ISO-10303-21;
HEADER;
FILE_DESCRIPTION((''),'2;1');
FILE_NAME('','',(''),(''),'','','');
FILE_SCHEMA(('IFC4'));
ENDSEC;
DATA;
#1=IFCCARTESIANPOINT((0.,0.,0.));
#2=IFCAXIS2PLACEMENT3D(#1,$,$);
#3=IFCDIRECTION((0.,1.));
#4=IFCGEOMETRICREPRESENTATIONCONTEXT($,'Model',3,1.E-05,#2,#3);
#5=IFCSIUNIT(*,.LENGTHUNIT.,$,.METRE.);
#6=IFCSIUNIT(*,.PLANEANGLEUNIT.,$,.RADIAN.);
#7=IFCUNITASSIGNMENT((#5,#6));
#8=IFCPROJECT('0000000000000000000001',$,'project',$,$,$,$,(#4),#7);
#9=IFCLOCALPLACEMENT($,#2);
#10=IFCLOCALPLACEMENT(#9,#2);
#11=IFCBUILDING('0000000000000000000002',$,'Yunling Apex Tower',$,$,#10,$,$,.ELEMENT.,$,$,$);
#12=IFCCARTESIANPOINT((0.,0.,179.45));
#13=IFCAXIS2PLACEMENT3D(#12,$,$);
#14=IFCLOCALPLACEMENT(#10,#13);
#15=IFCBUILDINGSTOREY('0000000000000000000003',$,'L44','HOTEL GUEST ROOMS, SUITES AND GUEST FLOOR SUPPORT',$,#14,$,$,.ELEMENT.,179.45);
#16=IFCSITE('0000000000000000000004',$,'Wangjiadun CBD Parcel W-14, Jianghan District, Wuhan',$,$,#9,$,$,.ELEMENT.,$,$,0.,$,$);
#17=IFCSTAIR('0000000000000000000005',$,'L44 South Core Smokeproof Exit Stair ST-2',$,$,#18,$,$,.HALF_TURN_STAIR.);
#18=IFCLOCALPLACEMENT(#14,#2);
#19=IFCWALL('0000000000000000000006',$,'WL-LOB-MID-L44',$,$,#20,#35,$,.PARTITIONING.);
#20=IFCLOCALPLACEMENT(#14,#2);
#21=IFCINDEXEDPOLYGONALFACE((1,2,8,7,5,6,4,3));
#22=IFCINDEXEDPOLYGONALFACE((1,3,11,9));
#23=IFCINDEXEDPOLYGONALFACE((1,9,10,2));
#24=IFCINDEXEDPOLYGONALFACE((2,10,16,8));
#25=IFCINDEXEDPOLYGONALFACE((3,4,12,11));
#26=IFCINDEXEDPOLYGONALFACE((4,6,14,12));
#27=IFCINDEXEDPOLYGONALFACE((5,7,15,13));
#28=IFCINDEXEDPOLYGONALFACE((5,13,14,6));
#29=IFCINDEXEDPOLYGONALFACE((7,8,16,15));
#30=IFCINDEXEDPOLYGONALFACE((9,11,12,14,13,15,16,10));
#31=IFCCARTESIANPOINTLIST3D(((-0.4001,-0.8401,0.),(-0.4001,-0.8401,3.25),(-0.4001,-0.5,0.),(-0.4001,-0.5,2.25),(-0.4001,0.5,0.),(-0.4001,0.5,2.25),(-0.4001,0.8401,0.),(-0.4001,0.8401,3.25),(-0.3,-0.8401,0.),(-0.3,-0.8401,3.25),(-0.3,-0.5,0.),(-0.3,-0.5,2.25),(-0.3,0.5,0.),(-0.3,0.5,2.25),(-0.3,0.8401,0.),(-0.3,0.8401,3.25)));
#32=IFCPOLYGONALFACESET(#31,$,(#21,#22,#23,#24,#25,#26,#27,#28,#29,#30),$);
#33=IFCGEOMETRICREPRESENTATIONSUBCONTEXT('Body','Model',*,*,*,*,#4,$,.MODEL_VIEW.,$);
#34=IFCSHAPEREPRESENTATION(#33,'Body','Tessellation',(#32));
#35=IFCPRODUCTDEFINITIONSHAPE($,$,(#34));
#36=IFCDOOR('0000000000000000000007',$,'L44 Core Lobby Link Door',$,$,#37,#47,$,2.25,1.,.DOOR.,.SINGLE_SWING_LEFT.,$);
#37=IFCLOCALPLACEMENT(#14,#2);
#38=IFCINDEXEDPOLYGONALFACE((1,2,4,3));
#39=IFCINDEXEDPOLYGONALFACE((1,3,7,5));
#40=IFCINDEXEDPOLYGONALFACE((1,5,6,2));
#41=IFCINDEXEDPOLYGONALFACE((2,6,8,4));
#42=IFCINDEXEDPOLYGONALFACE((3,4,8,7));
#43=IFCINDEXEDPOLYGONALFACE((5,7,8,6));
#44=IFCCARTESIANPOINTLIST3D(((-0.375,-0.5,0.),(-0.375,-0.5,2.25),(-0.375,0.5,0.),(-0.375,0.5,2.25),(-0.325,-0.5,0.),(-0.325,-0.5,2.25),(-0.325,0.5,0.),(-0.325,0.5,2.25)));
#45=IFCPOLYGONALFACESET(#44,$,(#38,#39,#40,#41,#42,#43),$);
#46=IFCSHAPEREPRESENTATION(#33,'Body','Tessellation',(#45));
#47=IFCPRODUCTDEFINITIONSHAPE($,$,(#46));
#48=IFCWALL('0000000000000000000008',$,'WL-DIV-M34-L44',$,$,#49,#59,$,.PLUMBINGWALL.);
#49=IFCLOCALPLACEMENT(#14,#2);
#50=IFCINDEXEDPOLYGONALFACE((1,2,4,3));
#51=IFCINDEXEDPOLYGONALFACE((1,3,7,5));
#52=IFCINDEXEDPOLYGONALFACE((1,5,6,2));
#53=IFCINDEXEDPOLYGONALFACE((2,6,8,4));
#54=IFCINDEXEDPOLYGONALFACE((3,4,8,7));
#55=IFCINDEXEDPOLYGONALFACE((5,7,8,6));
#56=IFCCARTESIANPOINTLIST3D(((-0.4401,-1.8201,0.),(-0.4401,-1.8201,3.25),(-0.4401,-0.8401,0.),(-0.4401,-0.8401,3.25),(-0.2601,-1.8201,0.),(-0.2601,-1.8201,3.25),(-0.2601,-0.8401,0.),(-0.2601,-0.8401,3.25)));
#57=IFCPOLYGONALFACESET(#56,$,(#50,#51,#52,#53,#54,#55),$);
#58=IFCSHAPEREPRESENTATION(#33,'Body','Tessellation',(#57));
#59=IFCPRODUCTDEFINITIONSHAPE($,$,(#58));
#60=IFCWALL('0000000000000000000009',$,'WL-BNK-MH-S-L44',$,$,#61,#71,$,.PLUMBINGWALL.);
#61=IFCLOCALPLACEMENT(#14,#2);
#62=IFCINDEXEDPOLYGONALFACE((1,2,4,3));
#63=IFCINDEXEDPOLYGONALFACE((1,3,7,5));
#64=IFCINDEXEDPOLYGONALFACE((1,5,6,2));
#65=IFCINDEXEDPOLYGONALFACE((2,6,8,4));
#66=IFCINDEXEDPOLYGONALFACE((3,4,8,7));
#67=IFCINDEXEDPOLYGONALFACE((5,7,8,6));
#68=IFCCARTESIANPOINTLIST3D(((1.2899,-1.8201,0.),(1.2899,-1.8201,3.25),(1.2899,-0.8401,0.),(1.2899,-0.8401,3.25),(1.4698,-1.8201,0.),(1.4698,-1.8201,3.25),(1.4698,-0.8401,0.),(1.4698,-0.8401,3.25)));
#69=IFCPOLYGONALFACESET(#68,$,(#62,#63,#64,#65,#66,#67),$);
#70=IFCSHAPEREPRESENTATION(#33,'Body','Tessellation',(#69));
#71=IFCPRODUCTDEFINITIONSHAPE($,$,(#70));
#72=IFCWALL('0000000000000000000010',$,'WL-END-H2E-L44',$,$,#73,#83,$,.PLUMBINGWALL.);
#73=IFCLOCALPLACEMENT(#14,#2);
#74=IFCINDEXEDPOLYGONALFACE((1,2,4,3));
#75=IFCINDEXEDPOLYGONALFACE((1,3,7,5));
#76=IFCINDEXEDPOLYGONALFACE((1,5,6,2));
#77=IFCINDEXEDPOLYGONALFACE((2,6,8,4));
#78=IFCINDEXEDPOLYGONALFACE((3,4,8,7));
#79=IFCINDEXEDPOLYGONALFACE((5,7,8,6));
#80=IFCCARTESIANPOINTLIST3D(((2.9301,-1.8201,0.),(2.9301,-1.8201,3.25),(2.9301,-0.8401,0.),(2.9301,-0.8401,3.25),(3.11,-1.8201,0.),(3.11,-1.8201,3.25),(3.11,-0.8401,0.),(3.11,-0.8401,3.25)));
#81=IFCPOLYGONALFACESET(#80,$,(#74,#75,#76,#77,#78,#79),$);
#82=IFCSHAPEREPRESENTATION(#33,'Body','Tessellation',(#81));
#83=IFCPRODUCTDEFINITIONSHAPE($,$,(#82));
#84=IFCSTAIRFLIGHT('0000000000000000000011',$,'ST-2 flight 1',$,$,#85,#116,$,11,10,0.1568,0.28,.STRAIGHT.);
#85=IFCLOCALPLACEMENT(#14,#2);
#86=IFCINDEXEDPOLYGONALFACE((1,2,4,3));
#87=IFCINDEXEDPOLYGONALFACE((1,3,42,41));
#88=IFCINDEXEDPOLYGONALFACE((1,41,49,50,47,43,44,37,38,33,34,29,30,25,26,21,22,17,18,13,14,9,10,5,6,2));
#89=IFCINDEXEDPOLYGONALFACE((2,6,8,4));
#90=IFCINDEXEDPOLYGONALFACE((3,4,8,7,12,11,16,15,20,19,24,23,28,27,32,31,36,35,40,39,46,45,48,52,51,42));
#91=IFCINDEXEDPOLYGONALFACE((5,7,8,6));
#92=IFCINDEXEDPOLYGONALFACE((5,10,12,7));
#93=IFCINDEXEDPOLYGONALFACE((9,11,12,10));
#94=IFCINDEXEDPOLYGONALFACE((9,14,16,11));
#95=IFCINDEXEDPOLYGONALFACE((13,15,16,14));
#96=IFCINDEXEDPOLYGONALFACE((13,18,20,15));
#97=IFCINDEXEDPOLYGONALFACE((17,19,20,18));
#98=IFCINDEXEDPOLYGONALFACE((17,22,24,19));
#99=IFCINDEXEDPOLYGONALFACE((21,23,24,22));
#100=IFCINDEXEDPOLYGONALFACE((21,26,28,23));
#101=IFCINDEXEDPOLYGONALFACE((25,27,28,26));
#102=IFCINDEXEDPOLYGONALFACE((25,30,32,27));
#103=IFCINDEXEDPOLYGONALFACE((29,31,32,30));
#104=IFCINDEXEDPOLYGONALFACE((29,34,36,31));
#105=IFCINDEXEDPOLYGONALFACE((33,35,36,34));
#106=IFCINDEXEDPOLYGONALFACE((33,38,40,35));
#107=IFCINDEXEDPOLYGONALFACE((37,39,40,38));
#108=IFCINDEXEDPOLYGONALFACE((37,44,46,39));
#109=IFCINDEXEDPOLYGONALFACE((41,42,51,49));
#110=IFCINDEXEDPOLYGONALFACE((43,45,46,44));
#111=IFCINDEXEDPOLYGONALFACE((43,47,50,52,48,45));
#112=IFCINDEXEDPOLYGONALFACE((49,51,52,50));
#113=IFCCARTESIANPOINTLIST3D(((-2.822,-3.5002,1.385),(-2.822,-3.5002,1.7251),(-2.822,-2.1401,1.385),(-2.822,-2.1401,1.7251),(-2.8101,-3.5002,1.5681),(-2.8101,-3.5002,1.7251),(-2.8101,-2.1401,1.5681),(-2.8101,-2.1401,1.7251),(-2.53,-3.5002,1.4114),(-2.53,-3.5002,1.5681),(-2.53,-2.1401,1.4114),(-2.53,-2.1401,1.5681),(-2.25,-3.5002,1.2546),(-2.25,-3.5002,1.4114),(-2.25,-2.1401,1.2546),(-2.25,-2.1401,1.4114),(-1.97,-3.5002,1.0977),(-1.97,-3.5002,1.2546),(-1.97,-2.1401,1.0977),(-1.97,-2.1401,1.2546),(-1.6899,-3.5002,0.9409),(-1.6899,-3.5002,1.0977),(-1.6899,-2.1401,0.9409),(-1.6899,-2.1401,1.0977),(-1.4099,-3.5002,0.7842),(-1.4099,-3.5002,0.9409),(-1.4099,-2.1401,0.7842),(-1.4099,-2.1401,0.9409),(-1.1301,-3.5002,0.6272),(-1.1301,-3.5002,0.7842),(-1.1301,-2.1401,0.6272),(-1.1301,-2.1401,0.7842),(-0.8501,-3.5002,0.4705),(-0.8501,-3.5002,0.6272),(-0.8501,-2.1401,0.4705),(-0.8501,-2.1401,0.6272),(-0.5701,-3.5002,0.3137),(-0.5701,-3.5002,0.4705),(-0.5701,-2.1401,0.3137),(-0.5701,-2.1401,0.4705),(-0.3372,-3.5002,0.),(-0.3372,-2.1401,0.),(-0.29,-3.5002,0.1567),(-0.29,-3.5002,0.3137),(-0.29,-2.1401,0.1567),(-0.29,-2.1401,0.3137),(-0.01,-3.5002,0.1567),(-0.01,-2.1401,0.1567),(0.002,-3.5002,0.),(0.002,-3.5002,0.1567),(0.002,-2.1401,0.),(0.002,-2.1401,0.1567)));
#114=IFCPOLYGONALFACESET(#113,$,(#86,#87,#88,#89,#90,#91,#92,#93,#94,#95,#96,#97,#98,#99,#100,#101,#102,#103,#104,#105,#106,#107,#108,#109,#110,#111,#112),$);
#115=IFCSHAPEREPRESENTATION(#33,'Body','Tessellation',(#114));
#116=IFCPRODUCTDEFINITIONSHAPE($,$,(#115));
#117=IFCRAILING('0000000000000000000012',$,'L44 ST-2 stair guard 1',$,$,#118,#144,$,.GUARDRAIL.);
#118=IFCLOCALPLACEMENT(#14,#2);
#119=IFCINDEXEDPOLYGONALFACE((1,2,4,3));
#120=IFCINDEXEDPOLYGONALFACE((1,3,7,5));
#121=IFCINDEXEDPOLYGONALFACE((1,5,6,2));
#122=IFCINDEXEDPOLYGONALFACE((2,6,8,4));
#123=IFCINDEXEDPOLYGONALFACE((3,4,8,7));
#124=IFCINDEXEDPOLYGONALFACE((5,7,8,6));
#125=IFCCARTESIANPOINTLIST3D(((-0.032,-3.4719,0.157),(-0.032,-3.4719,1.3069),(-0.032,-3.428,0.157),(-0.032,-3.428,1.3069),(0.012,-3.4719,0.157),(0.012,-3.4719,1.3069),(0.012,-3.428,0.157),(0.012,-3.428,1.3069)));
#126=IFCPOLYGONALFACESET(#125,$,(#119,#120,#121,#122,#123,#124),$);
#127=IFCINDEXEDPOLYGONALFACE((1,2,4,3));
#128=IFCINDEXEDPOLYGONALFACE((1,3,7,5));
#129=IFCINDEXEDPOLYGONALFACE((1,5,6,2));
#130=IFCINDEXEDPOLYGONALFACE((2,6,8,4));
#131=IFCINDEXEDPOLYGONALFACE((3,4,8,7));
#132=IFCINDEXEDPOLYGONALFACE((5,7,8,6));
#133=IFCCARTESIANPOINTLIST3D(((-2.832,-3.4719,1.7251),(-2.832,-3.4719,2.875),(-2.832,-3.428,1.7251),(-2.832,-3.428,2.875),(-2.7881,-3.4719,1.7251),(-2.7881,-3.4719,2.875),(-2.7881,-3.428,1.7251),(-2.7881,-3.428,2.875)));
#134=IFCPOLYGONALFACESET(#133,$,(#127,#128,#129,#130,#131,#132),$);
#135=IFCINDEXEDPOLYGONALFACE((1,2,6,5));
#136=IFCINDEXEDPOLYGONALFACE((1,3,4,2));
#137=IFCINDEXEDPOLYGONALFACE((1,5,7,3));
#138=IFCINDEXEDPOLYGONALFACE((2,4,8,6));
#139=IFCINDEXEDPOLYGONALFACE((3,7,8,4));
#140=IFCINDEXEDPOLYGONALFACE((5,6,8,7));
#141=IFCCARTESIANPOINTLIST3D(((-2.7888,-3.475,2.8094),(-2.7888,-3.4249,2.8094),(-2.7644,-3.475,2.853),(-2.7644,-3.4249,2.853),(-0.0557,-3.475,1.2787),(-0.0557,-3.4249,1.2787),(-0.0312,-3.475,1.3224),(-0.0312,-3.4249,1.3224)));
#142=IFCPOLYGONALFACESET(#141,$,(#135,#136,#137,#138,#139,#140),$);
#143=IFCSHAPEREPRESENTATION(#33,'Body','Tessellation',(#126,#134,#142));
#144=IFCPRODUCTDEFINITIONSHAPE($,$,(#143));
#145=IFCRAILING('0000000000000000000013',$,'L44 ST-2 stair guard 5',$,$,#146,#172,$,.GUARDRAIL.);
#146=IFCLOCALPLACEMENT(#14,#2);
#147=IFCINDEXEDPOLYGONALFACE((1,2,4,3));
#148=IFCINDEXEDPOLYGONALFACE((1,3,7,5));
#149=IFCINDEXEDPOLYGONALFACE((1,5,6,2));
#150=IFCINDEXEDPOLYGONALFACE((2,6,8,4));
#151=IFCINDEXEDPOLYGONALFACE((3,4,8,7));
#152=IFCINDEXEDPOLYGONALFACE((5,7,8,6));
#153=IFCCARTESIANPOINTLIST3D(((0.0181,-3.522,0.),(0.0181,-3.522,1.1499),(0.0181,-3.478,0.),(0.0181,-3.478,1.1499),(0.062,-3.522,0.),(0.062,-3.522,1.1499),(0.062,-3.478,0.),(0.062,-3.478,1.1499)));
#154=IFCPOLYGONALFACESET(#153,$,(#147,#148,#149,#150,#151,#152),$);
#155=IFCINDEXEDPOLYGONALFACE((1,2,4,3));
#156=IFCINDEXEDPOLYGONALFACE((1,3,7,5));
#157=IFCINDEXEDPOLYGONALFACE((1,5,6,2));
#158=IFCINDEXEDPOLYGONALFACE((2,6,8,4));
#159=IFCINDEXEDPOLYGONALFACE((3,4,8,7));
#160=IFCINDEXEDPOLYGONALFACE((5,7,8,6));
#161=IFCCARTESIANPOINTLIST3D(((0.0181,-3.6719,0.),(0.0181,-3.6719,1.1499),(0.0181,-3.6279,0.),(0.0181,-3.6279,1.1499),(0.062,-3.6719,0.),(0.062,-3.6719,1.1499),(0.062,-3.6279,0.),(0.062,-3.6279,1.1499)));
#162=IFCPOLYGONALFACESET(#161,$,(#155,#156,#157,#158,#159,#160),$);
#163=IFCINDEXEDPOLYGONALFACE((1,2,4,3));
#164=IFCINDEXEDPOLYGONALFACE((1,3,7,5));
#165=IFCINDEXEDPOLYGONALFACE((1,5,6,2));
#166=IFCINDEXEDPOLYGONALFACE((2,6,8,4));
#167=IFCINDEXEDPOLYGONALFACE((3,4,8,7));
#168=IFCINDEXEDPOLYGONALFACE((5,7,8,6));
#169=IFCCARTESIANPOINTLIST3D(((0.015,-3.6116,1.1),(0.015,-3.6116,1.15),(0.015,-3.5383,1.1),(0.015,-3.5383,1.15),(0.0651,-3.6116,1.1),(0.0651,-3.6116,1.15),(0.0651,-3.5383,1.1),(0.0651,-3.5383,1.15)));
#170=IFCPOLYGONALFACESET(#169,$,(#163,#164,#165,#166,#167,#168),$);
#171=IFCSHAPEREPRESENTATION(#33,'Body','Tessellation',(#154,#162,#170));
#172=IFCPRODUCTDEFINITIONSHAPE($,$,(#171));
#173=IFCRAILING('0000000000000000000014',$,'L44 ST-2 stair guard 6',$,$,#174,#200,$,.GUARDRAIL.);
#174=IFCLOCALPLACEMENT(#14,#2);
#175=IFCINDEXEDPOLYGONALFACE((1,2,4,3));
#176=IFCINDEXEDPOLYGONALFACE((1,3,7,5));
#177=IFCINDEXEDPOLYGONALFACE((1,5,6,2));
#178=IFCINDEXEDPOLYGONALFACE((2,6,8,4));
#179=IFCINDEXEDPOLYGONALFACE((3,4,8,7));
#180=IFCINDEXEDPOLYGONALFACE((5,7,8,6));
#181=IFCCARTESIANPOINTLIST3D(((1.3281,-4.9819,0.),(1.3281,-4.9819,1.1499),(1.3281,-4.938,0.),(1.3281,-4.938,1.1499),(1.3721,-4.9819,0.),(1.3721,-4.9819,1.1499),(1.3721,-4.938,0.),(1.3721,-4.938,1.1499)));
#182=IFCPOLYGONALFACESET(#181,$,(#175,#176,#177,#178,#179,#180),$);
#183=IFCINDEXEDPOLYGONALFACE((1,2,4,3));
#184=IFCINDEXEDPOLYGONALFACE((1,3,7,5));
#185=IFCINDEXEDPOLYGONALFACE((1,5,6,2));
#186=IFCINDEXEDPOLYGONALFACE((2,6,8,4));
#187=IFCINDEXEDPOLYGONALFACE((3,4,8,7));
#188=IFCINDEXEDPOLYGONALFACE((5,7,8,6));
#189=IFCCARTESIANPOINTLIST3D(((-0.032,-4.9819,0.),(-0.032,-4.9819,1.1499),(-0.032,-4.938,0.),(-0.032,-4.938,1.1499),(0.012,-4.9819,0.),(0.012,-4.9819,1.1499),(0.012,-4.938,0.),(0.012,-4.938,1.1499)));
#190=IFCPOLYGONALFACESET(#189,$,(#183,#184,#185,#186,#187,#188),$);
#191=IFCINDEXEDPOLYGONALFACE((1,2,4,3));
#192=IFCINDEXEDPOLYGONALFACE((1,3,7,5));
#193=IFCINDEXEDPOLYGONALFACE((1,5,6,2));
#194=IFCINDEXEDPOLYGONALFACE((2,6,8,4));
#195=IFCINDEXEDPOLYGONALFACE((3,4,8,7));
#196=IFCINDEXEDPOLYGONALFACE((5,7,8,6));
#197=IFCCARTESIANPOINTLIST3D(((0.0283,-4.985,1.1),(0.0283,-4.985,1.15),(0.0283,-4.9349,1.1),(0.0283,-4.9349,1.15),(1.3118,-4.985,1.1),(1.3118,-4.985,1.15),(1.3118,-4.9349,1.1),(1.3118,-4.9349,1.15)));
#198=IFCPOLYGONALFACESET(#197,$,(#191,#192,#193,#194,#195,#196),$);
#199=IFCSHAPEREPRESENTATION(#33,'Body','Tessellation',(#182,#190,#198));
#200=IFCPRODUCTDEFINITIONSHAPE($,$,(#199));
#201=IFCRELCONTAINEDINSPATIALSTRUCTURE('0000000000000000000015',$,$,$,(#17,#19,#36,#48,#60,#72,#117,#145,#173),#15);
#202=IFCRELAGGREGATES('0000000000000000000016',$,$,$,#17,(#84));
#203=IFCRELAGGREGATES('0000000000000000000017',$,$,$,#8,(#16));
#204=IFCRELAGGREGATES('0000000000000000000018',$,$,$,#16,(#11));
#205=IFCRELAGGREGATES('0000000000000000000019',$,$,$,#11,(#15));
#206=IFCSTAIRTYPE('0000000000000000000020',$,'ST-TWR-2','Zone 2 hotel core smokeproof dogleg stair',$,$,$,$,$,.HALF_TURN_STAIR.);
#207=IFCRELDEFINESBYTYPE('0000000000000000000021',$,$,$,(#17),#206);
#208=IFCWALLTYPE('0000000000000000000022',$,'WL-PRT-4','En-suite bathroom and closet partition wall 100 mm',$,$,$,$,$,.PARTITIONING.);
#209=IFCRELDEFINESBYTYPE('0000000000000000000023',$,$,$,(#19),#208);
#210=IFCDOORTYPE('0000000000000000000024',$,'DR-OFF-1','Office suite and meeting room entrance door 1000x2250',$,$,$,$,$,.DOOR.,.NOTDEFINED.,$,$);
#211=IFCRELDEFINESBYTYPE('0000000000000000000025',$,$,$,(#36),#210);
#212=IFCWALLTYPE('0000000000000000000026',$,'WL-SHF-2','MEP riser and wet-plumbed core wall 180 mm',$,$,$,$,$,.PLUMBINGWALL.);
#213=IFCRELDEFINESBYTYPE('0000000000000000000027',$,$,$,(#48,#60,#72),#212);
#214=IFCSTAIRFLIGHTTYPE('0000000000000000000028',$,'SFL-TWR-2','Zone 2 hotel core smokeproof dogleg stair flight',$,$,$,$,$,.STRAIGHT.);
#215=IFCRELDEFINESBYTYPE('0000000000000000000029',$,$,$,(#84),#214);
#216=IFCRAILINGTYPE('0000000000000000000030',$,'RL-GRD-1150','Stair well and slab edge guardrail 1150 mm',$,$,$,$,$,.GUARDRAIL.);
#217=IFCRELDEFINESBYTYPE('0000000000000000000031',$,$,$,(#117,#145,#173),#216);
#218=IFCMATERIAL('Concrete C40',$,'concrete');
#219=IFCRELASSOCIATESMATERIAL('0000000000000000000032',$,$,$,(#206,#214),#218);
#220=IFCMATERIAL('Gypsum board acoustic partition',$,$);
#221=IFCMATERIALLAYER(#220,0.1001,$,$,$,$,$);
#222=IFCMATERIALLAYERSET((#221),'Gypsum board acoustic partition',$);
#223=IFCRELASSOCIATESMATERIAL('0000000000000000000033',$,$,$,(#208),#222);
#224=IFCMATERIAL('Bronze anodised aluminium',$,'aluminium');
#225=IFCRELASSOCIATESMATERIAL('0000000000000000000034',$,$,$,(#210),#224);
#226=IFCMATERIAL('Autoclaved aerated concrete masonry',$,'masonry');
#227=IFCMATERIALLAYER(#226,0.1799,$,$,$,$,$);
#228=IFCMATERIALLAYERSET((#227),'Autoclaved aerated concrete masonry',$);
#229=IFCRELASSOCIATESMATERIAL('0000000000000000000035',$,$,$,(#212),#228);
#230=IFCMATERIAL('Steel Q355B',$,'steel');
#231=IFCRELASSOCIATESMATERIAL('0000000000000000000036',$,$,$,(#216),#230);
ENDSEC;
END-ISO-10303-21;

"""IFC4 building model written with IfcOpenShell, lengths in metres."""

from ifc_helpers import new_model, si_unit, direction, frame, frame_2d, origin, origin_2d, place, context, subcontext, project, spatial, polyline, rectangle, outline, extrude, material, layer, layer_set, type_object, element, fill, aggregate, save


model = new_model("IFC4")

# Units and contexts
model_context = context("Model", 3, precision=1e-05, world=origin(), true_north=direction((0.0, 1.0)))
body_context = subcontext(model_context, "Body", "Model", "MODEL_VIEW")
ifc_project = project(units=[si_unit("LENGTHUNIT", "METRE"), si_unit("PLANEANGLEUNIT", "RADIAN")], contexts=[model_context])

# Site, building, storey
site_placement = place(None, origin())
site = spatial("IfcSite", under=ifc_project, at=site_placement, Name="Wangjiadun CBD Parcel W-14, Jianghan District, Wuhan", CompositionType="ELEMENT", RefElevation=0.0)
building_placement = place(site_placement, origin())
building = spatial("IfcBuilding", under=site, at=building_placement, Name="Yunling Apex Tower", CompositionType="ELEMENT")
storey_placement = place(building_placement, frame((0.0, 0.0, 179.45)))
storey = spatial("IfcBuildingStorey", under=building, at=storey_placement, Name="L44", Description="HOTEL GUEST ROOMS, SUITES AND GUEST FLOOR SUPPORT", CompositionType="ELEMENT", Elevation=179.45)

# Shared definitions
ifc_material_1 = material(Name="Concrete C40", Category="concrete")

# Stair
stair_type = type_object("IfcStairType", Name="ST-TWR-2", Description="Zone 2 hotel core smokeproof dogleg stair", PredefinedType="HALF_TURN_STAIR", material=ifc_material_1)
stair_1_placement = place(storey_placement, origin())
stair_1 = element("IfcStair", 1, at=stair_1_placement, inside=storey, type_object=stair_type, Name="L44 South Core Smokeproof Exit Stair ST-2", PredefinedType="HALF_TURN_STAIR")

# Shared definitions
ifc_material_2 = material(Name="Gypsum board acoustic partition")

# Wall, opening, door
ifc_layer_1 = layer(ifc_material_2, 0.1001)
ifc_layer_set_1 = layer_set([ifc_layer_1], Name="Gypsum board acoustic partition")
wall_type_1 = type_object("IfcWallType", Name="WL-PRT-4", Description="En-suite bathroom and closet partition wall 100 mm", PredefinedType="PARTITIONING", material=ifc_layer_set_1)
wall_1_placement = place(storey_placement, frame((-0.3501, -0.8401, 0.0), z_axis=(0.0, 0.0, 1.0), x_axis=(0.0, 1.0, 0.0)))
wall_1 = element("IfcWall", 2, at=wall_1_placement, inside=storey, type_object=wall_type_1, Name="WL-LOB-MID-L44", PredefinedType="PARTITIONING", context=body_context, shape_type="SweptSolid", body=[
    extrude(rectangle(XDim=1.6802, YDim=0.1001, at=frame_2d((0.8401, 0.0))), origin(), (0.0, 0.0, 1.0), 3.25),
])
opening_1_placement = place(wall_1_placement, frame((0.3401, 0.0, 0.0)))
opening_1 = element("IfcOpeningElement", 3, at=opening_1_placement, cuts=wall_1, PredefinedType="OPENING", context=body_context, shape_type="SweptSolid", body=[
    extrude(rectangle(XDim=1.0, YDim=2.25, at=frame_2d((0.5, 1.125))), frame((0.0, 0.0601, 0.0), z_axis=(0.0, -1.0, 0.0), x_axis=(1.0, 0.0, 0.0)), (0.0, 0.0, 1.0), 0.1201),
])
ifc_material_3 = material(Name="Bronze anodised aluminium", Category="aluminium")
door_type_1 = type_object("IfcDoorType", Name="DR-OFF-1", Description="Office suite and meeting room entrance door 1000x2250", OperationType="NOTDEFINED", PredefinedType="DOOR", material=ifc_material_3)
door_1_placement = place(opening_1_placement, origin())
door_1 = element("IfcDoor", 4, at=door_1_placement, inside=storey, type_object=door_type_1, Name="L44 Core Lobby Link Door", OperationType="SINGLE_SWING_LEFT", OverallHeight=2.25, OverallWidth=1.0, PredefinedType="DOOR", context=body_context, shape_type="SweptSolid", body=[
    extrude(rectangle(XDim=1.0, YDim=2.25, at=frame_2d((0.5, 1.125))), frame((0.0, 0.0249, 0.0), z_axis=(0.0, -1.0, 0.0), x_axis=(1.0, 0.0, 0.0)), (0.0, 0.0, 1.0), 0.05),
])
fill(opening_1, door_1)
ifc_material_4 = material(Name="Autoclaved aerated concrete masonry", Category="masonry")
ifc_material_5 = material(Name="Steel Q355B", Category="steel")

# Walls
ifc_layer_2 = layer(ifc_material_4, 0.1799)
ifc_layer_set_2 = layer_set([ifc_layer_2], Name="Autoclaved aerated concrete masonry")
wall_type_2 = type_object("IfcWallType", Name="WL-SHF-2", Description="MEP riser and wet-plumbed core wall 180 mm", PredefinedType="PLUMBINGWALL", material=ifc_layer_set_2)
for number, where, z_axis, x_axis, name in (
    (5, (-0.3501, -1.8201, 0.0), (0.0, 0.0, 1.0), (0.0, 1.0, 0.0), "WL-DIV-M34-L44"),
    (6, (1.3799, -1.8201, 0.0), (0.0, 0.0, 1.0), (0.0, 1.0, 0.0), "WL-BNK-MH-S-L44"),
    (7, (3.02, -1.8201, 0.0), (0.0, 0.0, 1.0), (0.0, 1.0, 0.0), "WL-END-H2E-L44"),
):
    element("IfcWall", number, at=place(storey_placement, frame(where, z_axis=z_axis, x_axis=x_axis)), inside=storey, type_object=wall_type_2, Name=name, PredefinedType="PLUMBINGWALL", context=body_context, shape_type="SweptSolid", body=[
        extrude(rectangle(XDim=0.98, YDim=0.1799, at=frame_2d((0.49, 0.0))), origin(), (0.0, 0.0, 1.0), 3.25),
    ])

# Stair flight
stair_flight_type = type_object("IfcStairFlightType", Name="SFL-TWR-2", Description="Zone 2 hotel core smokeproof dogleg stair flight", PredefinedType="STRAIGHT", material=ifc_material_1)
stair_flight_placement = place(storey_placement, frame((-0.01, -2.8201, 0.0), z_axis=(0.0, 0.0, 1.0), x_axis=(-1.0, 0.0, 0.0)))
stair_flight = element("IfcStairFlight", 8, at=stair_flight_placement, type_object=stair_flight_type, Name="ST-2 flight 1", NumberOfRisers=11, NumberOfTreads=10, PredefinedType="STRAIGHT", RiserHeight=0.1568, TreadLength=0.28, context=body_context, shape_type="SweptSolid", body=[
    extrude(outline(polyline([(-0.012, 0.0), (-0.012, 0.1567), (0.0, 0.1567), (0.28, 0.1567), (0.28, 0.3137), (0.5601, 0.3137), (0.5601, 0.4705), (0.8401, 0.4705), (0.8401, 0.6272), (1.1201, 0.6272), (1.1201, 0.7842), (1.3999, 0.7842), (1.3999, 0.9409), (1.6799, 0.9409), (1.6799, 1.0977), (1.96, 1.0977), (1.96, 1.2546), (2.24, 1.2546), (2.24, 1.4114), (2.52, 1.4114), (2.52, 1.5681), (2.8, 1.5681), (2.8, 1.7251), (2.812, 1.7251), (2.812, 1.385), (0.3271, 0.0), (-0.012, 0.0)])), frame((0.0, 0.6802, 0.0), z_axis=(0.0, -1.0, 0.0), x_axis=(1.0, 0.0, 0.0)), (0.0, 0.0, 1.0), 1.3601),
])
aggregate(stair_1, [stair_flight])

# Railings
railing_type_1 = type_object("IfcRailingType", Name="RL-GRD-1150", Description="Stair well and slab edge guardrail 1150 mm", PredefinedType="GUARDRAIL", material=ifc_material_5)
railing_1_placement = place(storey_placement, frame((-0.01, -3.45, 0.157)))
element("IfcRailing", 9, at=railing_1_placement, inside=storey, type_object=railing_type_1, Name="L44 ST-2 stair guard 1", PredefinedType="GUARDRAIL", context=body_context, shape_type="SweptSolid", body=[
    extrude(rectangle(XDim=0.0439, YDim=0.0439, at=origin_2d()), origin(), (0.0, 0.0, 1.0), 1.1499),
    extrude(rectangle(XDim=0.0439, YDim=0.0439, at=origin_2d()), frame((-2.8, 0.0, 1.5681)), (0.0, 0.0, 1.0), 1.1499),
    extrude(rectangle(XDim=0.05, YDim=0.05, at=origin_2d()), frame((-0.0334, 0.0, 1.1436), z_axis=(-0.872494, 0.0, 0.488624), x_axis=(0.0, -1.0, 0.0)), (0.0, 0.0, 1.0), 3.1326),
])
railing_2_placement = place(storey_placement, frame((0.04, -3.5, 0.0)))
element("IfcRailing", 10, at=railing_2_placement, inside=storey, type_object=railing_type_1, Name="L44 ST-2 stair guard 5", PredefinedType="GUARDRAIL", context=body_context, shape_type="SweptSolid", body=[
    extrude(rectangle(XDim=0.0439, YDim=0.0439, at=origin_2d()), origin(), (0.0, 0.0, 1.0), 1.1499),
    extrude(rectangle(XDim=0.0439, YDim=0.0439, at=origin_2d()), frame((0.0, -0.1499, 0.0)), (0.0, 0.0, 1.0), 1.1499),
    extrude(rectangle(XDim=0.05, YDim=0.05, at=origin_2d()), frame((0.0, -0.0383, 1.125), z_axis=(0.0, -1.0, 0.0), x_axis=(1.0, 0.0, 0.0)), (0.0, 0.0, 1.0), 0.0732),
])
railing_3_placement = place(storey_placement, frame((1.3501, -4.96, 0.0)))
element("IfcRailing", 11, at=railing_3_placement, inside=storey, type_object=railing_type_1, Name="L44 ST-2 stair guard 6", PredefinedType="GUARDRAIL", context=body_context, shape_type="SweptSolid", body=[
    extrude(rectangle(XDim=0.0439, YDim=0.0439, at=origin_2d()), origin(), (0.0, 0.0, 1.0), 1.1499),
    extrude(rectangle(XDim=0.0439, YDim=0.0439, at=origin_2d()), frame((-1.3601, 0.0, 0.0)), (0.0, 0.0, 1.0), 1.1499),
    extrude(rectangle(XDim=0.05, YDim=0.05, at=origin_2d()), frame((-0.0383, 0.0, 1.125), z_axis=(-1.0, 0.0, 0.0), x_axis=(0.0, -1.0, 0.0)), (0.0, 0.0, 1.0), 1.2834),
])

save(model, "model.ifc")
